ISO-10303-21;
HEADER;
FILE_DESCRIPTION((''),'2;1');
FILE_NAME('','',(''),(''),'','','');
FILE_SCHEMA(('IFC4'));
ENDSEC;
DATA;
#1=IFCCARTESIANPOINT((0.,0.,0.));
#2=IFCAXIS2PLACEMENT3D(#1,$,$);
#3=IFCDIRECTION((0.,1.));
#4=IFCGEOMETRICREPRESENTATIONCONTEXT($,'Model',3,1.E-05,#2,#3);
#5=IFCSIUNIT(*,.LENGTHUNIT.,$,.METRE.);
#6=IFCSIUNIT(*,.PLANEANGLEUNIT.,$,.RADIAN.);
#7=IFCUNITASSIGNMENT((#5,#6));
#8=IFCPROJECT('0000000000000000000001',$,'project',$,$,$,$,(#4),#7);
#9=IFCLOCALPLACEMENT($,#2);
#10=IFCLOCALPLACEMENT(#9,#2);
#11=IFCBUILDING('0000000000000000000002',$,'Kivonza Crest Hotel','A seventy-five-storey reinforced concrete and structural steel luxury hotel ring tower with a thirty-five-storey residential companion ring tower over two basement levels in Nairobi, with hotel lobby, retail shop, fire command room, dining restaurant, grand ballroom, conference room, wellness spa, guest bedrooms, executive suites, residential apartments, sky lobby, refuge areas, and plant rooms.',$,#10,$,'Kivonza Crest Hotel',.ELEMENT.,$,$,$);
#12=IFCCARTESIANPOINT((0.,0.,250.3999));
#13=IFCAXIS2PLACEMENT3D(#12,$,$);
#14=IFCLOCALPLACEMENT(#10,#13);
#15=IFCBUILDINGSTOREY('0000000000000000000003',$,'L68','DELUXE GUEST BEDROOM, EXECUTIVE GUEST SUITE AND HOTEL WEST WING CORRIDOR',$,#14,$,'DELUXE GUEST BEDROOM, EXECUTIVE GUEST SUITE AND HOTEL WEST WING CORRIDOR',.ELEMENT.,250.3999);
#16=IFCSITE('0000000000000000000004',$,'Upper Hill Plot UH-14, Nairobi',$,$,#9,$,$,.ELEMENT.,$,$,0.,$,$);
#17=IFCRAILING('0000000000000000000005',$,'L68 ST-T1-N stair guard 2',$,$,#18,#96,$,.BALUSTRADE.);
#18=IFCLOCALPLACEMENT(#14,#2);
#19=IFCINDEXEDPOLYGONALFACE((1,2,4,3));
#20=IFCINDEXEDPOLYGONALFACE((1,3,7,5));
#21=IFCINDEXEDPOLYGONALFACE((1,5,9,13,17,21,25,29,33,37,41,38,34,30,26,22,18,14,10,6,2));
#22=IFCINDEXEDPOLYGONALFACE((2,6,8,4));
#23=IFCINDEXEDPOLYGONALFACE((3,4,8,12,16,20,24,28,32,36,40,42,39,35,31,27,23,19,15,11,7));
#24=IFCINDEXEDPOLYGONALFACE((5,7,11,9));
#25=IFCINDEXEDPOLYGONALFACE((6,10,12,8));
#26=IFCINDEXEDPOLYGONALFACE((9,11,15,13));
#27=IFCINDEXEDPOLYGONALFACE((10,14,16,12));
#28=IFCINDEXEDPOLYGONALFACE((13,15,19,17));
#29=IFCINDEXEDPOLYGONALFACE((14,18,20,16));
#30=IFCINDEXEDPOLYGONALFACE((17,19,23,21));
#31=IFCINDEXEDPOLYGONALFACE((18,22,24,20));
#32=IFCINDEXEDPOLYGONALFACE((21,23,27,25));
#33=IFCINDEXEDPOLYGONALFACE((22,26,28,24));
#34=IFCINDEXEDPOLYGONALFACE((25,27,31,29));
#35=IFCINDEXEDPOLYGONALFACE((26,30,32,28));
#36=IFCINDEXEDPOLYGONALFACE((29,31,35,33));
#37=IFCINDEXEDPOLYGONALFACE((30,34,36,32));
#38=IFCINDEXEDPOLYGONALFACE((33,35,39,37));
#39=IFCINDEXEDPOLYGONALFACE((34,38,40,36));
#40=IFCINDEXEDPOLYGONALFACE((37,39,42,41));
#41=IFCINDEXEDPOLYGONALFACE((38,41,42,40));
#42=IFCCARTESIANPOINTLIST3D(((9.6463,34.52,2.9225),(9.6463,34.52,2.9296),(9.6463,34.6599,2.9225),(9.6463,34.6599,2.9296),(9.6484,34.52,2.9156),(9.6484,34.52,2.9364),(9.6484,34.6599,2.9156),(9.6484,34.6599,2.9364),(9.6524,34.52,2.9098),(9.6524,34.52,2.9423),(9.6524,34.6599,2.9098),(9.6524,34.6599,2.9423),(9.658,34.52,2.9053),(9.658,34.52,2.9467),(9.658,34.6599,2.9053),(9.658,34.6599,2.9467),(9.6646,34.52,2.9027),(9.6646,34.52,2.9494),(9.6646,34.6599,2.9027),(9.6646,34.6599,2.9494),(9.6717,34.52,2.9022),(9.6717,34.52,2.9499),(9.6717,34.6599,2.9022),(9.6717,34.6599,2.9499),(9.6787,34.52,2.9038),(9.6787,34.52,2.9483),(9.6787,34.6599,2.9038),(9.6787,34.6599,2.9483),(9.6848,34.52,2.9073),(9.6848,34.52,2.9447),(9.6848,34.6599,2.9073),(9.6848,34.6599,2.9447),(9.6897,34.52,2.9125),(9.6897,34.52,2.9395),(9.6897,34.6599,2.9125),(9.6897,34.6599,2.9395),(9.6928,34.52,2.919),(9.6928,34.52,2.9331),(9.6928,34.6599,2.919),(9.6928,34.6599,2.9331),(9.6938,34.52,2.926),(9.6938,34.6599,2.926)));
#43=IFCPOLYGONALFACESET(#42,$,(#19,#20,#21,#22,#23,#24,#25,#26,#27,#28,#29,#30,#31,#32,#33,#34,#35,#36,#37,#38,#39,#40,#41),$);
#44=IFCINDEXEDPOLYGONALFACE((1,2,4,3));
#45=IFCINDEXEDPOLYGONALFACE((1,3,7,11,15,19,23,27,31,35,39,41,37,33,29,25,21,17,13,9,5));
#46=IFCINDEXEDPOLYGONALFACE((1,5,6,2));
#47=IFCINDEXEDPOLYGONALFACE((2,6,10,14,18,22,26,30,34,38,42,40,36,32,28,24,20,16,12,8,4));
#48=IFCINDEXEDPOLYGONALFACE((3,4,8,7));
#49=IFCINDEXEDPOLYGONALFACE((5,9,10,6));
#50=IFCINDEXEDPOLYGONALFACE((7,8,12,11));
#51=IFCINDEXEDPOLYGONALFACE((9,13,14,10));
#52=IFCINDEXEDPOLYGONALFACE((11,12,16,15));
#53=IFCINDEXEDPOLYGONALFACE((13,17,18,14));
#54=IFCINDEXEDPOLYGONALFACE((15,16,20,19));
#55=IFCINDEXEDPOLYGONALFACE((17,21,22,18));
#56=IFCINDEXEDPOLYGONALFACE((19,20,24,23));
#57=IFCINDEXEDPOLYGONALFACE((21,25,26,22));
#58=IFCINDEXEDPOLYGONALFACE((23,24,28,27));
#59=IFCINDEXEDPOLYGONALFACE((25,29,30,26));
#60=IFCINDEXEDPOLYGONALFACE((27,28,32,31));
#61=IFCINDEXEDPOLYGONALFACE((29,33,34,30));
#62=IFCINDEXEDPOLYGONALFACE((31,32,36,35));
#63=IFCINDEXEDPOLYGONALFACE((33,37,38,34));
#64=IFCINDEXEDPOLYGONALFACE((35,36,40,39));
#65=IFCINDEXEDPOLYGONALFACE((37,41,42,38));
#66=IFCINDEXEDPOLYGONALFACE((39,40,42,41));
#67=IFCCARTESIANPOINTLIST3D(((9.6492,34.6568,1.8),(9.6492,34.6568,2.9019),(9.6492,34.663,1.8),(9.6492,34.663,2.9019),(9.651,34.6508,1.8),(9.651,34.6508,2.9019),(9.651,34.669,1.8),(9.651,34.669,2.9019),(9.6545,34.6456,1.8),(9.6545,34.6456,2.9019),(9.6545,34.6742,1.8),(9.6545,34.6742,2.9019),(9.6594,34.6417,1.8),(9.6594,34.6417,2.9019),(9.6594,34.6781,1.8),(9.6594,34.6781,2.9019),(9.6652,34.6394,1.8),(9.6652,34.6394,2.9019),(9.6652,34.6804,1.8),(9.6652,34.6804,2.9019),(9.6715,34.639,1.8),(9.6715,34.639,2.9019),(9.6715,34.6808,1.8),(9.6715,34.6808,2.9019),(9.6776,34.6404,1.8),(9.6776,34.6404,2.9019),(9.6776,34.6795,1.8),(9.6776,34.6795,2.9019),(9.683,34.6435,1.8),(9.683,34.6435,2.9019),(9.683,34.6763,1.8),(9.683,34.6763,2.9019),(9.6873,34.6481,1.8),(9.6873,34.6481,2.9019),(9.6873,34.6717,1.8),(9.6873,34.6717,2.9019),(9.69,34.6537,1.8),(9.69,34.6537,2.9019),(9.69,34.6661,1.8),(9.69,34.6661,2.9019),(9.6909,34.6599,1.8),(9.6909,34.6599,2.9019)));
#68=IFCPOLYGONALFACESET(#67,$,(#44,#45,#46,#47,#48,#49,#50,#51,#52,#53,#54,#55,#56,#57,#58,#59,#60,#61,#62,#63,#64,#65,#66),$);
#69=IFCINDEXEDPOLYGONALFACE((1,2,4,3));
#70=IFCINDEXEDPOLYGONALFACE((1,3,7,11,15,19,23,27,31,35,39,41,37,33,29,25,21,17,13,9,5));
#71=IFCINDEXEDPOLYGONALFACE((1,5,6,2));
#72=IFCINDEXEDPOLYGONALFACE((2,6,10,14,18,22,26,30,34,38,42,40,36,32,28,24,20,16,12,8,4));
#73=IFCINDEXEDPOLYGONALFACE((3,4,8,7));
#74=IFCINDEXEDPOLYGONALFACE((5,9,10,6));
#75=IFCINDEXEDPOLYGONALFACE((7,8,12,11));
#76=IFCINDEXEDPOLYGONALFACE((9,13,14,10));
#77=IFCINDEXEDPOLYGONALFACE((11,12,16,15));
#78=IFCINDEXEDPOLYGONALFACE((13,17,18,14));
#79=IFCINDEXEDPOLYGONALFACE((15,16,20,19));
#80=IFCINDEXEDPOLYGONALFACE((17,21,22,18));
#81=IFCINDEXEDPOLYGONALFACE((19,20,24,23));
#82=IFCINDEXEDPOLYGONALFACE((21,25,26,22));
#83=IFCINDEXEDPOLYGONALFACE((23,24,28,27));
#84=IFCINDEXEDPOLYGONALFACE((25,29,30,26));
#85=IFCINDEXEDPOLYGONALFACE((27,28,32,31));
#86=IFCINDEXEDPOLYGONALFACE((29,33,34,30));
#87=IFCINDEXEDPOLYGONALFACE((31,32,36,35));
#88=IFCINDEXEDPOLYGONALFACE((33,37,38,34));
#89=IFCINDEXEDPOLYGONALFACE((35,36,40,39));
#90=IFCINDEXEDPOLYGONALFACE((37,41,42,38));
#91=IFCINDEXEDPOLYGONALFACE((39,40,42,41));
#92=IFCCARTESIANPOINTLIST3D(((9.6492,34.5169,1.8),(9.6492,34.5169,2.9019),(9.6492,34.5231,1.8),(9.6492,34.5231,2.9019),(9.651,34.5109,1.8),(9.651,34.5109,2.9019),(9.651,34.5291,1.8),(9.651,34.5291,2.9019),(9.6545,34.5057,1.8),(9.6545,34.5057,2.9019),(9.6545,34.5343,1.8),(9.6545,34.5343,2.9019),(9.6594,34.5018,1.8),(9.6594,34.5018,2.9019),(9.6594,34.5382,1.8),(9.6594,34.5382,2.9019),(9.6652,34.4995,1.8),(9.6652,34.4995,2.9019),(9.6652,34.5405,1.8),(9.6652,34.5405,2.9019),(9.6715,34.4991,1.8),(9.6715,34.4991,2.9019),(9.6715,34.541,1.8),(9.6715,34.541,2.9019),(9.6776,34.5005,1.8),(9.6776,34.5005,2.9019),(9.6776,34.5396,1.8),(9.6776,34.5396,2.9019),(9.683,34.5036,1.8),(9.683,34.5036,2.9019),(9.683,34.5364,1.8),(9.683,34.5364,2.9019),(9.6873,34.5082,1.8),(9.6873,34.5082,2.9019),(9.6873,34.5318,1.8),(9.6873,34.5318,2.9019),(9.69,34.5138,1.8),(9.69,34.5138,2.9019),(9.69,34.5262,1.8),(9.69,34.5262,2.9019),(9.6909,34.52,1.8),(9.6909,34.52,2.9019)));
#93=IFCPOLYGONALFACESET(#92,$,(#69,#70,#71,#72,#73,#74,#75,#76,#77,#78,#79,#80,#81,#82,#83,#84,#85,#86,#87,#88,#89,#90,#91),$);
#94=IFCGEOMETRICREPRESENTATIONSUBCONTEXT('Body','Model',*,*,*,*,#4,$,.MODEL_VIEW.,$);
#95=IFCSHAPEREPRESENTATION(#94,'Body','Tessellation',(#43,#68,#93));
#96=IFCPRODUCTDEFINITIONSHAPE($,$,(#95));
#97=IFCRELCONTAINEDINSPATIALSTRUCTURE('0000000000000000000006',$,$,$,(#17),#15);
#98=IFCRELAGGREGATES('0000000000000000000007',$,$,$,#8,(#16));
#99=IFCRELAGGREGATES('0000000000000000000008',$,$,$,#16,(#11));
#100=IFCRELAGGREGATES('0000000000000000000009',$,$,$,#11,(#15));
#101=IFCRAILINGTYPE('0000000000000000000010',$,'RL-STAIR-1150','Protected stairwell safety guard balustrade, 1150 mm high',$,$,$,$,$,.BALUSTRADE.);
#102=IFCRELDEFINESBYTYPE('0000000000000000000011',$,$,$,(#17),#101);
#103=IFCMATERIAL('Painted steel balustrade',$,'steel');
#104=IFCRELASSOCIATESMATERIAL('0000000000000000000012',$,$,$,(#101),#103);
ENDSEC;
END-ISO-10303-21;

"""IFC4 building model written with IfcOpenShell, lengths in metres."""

from ifc_helpers import new_model, si_unit, direction, frame, origin, origin_2d, place, context, subcontext, project, spatial, circle, extrude, material, type_object, element, save


model = new_model("IFC4")

# Units and contexts
model_context = context("Model", 3, precision=1e-05, world=origin(), true_north=direction((0.0, 1.0)))
body_context = subcontext(model_context, "Body", "Model", "MODEL_VIEW")
ifc_project = project(units=[si_unit("LENGTHUNIT", "METRE"), si_unit("PLANEANGLEUNIT", "RADIAN")], contexts=[model_context])

# Site, building, storey
site_placement = place(None, origin())
site = spatial("IfcSite", under=ifc_project, at=site_placement, Name="Upper Hill Plot UH-14, Nairobi", CompositionType="ELEMENT", RefElevation=0.0)
building_placement = place(site_placement, origin())
building = spatial("IfcBuilding", under=site, at=building_placement, Name="Kivonza Crest Hotel", Description="A seventy-five-storey reinforced concrete and structural steel luxury hotel ring tower with a thirty-five-storey residential companion ring tower over two basement levels in Nairobi, with hotel lobby, retail shop, fire command room, dining restaurant, grand ballroom, conference room, wellness spa, guest bedrooms, executive suites, residential apartments, sky lobby, refuge areas, and plant rooms.", LongName="Kivonza Crest Hotel", CompositionType="ELEMENT")
storey_placement = place(building_placement, frame((0.0, 0.0, 250.3999)))
storey = spatial("IfcBuildingStorey", under=building, at=storey_placement, Name="L68", Description="DELUXE GUEST BEDROOM, EXECUTIVE GUEST SUITE AND HOTEL WEST WING CORRIDOR", LongName="DELUXE GUEST BEDROOM, EXECUTIVE GUEST SUITE AND HOTEL WEST WING CORRIDOR", CompositionType="ELEMENT", Elevation=250.3999)

# Railing
ifc_material_1 = material(Name="Painted steel balustrade", Category="steel")
railing_type_1 = type_object("IfcRailingType", Name="RL-STAIR-1150", Description="Protected stairwell safety guard balustrade, 1150 mm high", PredefinedType="BALUSTRADE", material=ifc_material_1)
railing_1_placement = place(storey_placement, frame((9.6699, 34.6599, 1.8)))
element("IfcRailing", 1, at=railing_1_placement, inside=storey, type_object=railing_type_1, Name="L68 ST-T1-N stair guard 2", PredefinedType="BALUSTRADE", context=body_context, shape_type="SweptSolid", body=[
    extrude(circle(Radius=0.0239, at=origin_2d()), frame((0.0, 0.0, 1.126), z_axis=(0.0, -1.0, 0.0), x_axis=(1.0, 0.0, 0.0)), (0.0, 0.0, 1.0), 0.1399),
    extrude(circle(Radius=0.021, at=origin_2d()), origin(), (0.0, 0.0, 1.0), 1.1018),
    extrude(circle(Radius=0.021, at=origin_2d()), frame((0.0, -0.1399, 0.0)), (0.0, 0.0, 1.0), 1.1018),
])

save(model, "model.ifc")
